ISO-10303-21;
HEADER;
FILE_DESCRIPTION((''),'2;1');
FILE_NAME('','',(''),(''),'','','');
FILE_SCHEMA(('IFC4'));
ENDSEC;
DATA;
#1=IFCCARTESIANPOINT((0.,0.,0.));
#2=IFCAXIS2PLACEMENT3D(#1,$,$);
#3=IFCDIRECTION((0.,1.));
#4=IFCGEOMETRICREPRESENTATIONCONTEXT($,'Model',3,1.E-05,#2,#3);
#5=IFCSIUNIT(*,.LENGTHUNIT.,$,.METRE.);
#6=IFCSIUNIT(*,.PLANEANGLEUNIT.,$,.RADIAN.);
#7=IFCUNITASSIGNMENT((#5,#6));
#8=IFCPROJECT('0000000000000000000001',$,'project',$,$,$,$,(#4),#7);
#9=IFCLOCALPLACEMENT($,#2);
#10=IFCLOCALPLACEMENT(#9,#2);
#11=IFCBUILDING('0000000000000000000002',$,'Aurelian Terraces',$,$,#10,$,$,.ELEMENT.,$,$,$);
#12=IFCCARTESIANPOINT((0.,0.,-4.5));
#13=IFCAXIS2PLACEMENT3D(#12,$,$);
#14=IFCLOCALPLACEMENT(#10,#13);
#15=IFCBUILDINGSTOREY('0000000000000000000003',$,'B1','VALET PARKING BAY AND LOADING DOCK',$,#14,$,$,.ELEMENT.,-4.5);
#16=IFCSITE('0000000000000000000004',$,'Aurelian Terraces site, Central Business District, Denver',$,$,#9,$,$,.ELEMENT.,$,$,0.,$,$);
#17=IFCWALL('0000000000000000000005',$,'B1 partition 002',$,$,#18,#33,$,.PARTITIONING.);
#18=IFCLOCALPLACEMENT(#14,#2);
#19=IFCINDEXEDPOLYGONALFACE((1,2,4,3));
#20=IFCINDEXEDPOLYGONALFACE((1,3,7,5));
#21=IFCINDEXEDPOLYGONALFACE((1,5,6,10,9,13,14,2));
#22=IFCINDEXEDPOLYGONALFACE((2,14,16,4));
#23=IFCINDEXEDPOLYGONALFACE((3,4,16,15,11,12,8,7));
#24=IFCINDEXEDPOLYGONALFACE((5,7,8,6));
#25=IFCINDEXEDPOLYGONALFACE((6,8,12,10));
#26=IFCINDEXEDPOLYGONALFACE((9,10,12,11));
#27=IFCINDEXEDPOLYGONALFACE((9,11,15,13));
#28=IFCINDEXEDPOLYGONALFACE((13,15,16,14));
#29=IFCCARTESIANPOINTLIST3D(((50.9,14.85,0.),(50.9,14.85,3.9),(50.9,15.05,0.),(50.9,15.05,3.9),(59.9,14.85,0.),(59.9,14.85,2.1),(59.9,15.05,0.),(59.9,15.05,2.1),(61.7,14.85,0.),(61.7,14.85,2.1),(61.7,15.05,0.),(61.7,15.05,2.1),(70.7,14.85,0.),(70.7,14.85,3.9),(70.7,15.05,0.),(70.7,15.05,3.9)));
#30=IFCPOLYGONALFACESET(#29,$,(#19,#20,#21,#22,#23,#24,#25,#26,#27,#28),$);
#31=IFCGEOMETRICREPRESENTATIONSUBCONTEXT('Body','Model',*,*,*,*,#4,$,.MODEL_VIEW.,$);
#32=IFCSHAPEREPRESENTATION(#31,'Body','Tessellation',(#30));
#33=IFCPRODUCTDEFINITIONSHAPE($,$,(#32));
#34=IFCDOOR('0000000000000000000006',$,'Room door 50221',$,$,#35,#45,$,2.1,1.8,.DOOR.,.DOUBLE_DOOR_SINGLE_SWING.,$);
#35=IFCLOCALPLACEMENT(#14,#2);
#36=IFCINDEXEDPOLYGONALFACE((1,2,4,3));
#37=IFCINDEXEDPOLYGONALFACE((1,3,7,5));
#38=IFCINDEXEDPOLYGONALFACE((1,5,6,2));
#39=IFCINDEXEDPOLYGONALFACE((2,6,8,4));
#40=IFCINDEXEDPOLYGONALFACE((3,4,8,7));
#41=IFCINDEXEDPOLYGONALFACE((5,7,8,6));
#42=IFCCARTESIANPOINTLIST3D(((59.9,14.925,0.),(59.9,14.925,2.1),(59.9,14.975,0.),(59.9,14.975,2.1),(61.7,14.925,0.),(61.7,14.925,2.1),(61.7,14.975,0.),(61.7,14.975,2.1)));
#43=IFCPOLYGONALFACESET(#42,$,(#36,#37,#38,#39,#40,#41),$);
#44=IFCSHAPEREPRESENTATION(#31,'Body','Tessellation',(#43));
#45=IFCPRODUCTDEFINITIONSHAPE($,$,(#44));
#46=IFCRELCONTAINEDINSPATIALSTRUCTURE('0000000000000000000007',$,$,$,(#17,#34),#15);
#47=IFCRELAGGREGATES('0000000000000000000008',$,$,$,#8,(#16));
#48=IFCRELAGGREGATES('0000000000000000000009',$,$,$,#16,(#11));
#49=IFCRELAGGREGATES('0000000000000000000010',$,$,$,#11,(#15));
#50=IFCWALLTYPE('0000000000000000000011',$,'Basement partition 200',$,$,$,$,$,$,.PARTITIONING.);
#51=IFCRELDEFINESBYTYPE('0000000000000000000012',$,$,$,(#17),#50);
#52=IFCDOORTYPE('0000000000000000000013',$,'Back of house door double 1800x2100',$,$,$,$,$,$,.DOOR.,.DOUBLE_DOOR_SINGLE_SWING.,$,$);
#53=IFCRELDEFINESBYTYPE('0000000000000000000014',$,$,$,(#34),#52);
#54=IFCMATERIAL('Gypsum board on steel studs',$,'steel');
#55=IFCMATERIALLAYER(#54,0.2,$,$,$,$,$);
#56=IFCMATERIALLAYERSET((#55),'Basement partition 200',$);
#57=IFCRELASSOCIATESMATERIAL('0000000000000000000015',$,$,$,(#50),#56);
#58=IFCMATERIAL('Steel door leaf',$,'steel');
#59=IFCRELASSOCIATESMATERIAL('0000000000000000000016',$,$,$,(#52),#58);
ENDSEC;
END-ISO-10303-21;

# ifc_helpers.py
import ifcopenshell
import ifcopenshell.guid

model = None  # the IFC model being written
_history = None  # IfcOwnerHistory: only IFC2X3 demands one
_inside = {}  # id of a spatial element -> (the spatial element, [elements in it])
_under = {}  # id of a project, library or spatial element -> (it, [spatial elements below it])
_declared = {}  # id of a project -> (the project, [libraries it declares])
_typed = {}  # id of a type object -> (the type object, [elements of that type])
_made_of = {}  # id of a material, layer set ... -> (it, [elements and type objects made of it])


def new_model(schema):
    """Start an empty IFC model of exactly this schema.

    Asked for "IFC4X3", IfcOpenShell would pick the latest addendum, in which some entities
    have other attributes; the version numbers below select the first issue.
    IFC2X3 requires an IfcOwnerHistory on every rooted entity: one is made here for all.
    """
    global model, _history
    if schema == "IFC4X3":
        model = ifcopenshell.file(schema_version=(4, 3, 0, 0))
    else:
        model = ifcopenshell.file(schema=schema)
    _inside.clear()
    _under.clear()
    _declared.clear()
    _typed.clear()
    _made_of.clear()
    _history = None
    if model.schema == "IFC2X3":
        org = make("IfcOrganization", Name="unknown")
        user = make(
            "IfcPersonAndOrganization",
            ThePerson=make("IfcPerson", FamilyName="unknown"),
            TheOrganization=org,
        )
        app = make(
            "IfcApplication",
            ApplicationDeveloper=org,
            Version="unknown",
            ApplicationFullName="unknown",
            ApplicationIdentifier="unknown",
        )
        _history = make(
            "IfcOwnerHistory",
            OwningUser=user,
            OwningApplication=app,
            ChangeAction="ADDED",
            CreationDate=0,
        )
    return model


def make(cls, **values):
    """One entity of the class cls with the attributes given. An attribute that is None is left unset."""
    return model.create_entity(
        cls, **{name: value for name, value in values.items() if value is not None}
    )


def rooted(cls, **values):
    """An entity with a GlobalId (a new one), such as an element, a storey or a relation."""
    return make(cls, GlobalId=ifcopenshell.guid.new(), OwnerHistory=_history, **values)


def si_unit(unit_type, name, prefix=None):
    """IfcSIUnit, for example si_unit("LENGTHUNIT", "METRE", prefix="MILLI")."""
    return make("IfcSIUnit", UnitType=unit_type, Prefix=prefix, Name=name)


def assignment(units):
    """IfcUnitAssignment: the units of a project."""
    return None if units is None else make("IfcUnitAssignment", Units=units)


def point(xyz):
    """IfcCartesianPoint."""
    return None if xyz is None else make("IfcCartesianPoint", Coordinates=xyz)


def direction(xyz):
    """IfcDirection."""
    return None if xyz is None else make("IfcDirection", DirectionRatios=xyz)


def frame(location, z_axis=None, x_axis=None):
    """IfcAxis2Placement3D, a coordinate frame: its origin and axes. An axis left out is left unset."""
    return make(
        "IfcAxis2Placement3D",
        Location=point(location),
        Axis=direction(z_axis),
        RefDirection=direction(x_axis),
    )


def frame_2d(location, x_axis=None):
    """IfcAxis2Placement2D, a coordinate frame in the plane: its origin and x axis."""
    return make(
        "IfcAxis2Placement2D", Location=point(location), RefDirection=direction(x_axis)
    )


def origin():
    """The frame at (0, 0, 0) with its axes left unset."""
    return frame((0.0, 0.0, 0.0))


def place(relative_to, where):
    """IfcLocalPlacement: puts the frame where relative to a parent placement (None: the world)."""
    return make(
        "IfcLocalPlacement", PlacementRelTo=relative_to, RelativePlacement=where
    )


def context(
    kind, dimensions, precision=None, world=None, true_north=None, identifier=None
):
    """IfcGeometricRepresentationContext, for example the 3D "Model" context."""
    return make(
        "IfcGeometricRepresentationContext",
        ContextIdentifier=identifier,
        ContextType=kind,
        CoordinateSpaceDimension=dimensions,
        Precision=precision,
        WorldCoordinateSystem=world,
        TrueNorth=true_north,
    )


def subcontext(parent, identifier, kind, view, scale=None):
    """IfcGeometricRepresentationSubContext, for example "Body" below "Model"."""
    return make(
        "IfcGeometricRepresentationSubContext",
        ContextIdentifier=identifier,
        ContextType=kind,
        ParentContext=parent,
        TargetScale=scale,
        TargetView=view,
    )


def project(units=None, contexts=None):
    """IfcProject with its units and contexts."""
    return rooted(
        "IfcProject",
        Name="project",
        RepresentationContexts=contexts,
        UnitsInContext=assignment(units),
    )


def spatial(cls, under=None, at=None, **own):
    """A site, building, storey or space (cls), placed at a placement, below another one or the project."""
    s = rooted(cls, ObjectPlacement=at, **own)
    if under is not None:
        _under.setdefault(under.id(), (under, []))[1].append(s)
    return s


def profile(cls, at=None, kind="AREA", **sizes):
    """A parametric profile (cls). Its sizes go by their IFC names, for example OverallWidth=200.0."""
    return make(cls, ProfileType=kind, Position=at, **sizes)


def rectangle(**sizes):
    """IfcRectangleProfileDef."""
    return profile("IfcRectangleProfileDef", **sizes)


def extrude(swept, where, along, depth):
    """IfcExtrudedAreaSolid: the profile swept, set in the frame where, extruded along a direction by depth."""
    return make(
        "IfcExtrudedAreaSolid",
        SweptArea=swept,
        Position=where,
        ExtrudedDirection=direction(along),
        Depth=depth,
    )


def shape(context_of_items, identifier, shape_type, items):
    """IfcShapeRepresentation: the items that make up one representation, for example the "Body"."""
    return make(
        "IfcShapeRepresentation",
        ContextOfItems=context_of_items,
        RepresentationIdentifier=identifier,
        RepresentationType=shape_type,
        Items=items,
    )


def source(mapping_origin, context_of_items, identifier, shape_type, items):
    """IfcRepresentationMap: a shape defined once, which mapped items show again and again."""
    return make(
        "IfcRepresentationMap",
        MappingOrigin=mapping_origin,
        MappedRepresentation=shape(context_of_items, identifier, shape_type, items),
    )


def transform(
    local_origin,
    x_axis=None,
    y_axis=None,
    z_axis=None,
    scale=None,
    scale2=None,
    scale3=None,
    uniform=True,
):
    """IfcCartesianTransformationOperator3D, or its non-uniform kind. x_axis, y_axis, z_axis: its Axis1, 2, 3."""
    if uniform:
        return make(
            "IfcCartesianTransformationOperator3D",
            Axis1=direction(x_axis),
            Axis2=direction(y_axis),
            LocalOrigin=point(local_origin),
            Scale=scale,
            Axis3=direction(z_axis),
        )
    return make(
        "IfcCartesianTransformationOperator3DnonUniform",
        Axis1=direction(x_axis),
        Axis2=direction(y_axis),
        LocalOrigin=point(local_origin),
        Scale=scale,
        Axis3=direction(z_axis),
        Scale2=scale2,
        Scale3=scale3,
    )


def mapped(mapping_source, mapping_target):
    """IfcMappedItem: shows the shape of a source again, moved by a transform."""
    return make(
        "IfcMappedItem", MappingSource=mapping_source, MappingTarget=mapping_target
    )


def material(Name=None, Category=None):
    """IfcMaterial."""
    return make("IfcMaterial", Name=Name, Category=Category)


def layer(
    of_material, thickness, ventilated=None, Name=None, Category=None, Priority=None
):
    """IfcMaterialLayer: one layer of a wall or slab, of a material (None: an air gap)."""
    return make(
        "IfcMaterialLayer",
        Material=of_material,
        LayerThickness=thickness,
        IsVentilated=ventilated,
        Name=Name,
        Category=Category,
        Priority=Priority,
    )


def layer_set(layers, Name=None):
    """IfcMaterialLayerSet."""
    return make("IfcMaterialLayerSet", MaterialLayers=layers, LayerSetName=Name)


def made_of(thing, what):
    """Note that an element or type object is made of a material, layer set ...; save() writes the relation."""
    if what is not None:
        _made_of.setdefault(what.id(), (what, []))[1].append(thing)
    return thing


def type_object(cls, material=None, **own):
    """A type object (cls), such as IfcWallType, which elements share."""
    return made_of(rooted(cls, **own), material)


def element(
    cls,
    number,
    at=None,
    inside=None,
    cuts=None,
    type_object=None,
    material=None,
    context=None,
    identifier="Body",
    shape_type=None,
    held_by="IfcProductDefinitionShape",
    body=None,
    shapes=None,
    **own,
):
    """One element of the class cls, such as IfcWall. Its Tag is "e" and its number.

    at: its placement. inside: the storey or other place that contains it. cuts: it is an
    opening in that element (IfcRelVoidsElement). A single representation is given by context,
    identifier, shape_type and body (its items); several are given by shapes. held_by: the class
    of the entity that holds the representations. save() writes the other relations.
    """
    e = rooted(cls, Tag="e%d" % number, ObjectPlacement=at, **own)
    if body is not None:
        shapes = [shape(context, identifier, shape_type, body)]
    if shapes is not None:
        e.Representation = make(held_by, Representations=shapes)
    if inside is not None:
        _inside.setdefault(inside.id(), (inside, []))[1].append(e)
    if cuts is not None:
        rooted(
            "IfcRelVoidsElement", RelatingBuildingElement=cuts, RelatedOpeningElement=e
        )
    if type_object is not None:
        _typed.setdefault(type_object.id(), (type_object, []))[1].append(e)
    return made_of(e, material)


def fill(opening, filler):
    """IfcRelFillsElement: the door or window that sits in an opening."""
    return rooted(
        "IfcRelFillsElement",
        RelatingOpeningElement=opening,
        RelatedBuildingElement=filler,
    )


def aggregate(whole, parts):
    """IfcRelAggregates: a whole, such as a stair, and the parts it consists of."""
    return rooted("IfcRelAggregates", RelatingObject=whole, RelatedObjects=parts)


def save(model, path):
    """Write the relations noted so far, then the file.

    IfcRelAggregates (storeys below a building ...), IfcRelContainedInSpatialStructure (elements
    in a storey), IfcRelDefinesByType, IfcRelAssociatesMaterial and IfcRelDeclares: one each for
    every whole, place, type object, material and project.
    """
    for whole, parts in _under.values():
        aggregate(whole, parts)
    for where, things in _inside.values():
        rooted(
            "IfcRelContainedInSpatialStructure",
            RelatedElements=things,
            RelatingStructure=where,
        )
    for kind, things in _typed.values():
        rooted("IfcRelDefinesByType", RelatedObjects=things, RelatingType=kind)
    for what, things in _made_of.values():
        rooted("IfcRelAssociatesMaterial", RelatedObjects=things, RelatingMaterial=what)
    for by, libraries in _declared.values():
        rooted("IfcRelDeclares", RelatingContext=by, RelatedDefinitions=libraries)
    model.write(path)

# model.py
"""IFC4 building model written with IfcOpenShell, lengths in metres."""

from ifc_helpers import new_model, si_unit, direction, frame, frame_2d, origin, place, context, subcontext, project, spatial, rectangle, extrude, source, transform, mapped, material, layer, layer_set, type_object, element, fill, save


model = new_model("IFC4")

# Units and contexts
model_context = context("Model", 3, precision=1e-05, world=origin(), true_north=direction((0.0, 1.0)))
body_context = subcontext(model_context, "Body", "Model", "MODEL_VIEW")
ifc_project = project(units=[si_unit("LENGTHUNIT", "METRE"), si_unit("PLANEANGLEUNIT", "RADIAN")], contexts=[model_context])

# Site, building, storey
site_placement = place(None, origin())
site = spatial("IfcSite", under=ifc_project, at=site_placement, Name="Aurelian Terraces site, Central Business District, Denver", CompositionType="ELEMENT", RefElevation=0.0)
building_placement = place(site_placement, origin())
building = spatial("IfcBuilding", under=site, at=building_placement, Name="Aurelian Terraces", CompositionType="ELEMENT")
storey_placement = place(building_placement, frame((0.0, 0.0, -4.5)))
storey = spatial("IfcBuildingStorey", under=building, at=storey_placement, Name="B1", Description="VALET PARKING BAY AND LOADING DOCK", CompositionType="ELEMENT", Elevation=-4.5)

# Shared definitions
ifc_material_1 = material(Name="Gypsum board on steel studs", Category="steel")
ifc_layer_1 = layer(ifc_material_1, 0.2)
ifc_layer_set_1 = layer_set([ifc_layer_1], Name="Basement partition 200")
wall_type_1 = type_object("IfcWallType", Name="Basement partition 200", PredefinedType="PARTITIONING", material=ifc_layer_set_1)
shared_shape_1 = source(origin(), body_context, "Body", "SweptSolid", [
    extrude(rectangle(XDim=1.8, YDim=2.1, at=frame_2d((0.9, 1.05))), frame((0.0, 0.11, 0.0), z_axis=(0.0, -1.0, 0.0), x_axis=(1.0, 0.0, 0.0)), (0.0, 0.0, 1.0), 0.22),
])
ifc_material_2 = material(Name="Steel door leaf", Category="steel")
door_type_1 = type_object("IfcDoorType", Name="Back of house door double 1800x2100", OperationType="DOUBLE_DOOR_SINGLE_SWING", PredefinedType="DOOR", material=ifc_material_2)
shared_shape_2 = source(origin(), body_context, "Body", "SweptSolid", [
    extrude(rectangle(XDim=1.8, YDim=2.1, at=frame_2d((0.9, 1.05))), frame((0.0, 0.025, 0.0), z_axis=(0.0, -1.0, 0.0), x_axis=(1.0, 0.0, 0.0)), (0.0, 0.0, 1.0), 0.05),
])

# Wall, opening, door
shared_shape_3 = source(origin(), body_context, "Body", "SweptSolid", [
    extrude(rectangle(XDim=19.8, YDim=0.2, at=frame_2d((9.9, 0.0))), origin(), (0.0, 0.0, 1.0), 3.9),
])
wall_1_placement = place(storey_placement, frame((50.9, 14.95, 0.0), z_axis=(0.0, 0.0, 1.0), x_axis=(1.0, 0.0, 0.0)))
wall_1 = element("IfcWall", 1, at=wall_1_placement, inside=storey, type_object=wall_type_1, Name="B1 partition 002", PredefinedType="PARTITIONING", context=body_context, shape_type="MappedRepresentation", body=[
    mapped(shared_shape_3, transform((0.0, 0.0, 0.0), scale=1.0)),
])
opening_1_placement = place(wall_1_placement, frame((9.0, 0.0, 0.0)))
opening_1 = element("IfcOpeningElement", 2, at=opening_1_placement, cuts=wall_1, PredefinedType="OPENING", context=body_context, shape_type="MappedRepresentation", body=[
    mapped(shared_shape_1, transform((0.0, 0.0, 0.0), scale=1.0)),
])
door_1_placement = place(opening_1_placement, origin())
door_1 = element("IfcDoor", 3, at=door_1_placement, inside=storey, type_object=door_type_1, Name="Room door 50221", OperationType="DOUBLE_DOOR_SINGLE_SWING", OverallHeight=2.1, OverallWidth=1.8, PredefinedType="DOOR", context=body_context, shape_type="MappedRepresentation", body=[
    mapped(shared_shape_2, transform((0.0, 0.0, 0.0), scale=1.0)),
])
fill(opening_1, door_1)

save(model, "model.ifc")
